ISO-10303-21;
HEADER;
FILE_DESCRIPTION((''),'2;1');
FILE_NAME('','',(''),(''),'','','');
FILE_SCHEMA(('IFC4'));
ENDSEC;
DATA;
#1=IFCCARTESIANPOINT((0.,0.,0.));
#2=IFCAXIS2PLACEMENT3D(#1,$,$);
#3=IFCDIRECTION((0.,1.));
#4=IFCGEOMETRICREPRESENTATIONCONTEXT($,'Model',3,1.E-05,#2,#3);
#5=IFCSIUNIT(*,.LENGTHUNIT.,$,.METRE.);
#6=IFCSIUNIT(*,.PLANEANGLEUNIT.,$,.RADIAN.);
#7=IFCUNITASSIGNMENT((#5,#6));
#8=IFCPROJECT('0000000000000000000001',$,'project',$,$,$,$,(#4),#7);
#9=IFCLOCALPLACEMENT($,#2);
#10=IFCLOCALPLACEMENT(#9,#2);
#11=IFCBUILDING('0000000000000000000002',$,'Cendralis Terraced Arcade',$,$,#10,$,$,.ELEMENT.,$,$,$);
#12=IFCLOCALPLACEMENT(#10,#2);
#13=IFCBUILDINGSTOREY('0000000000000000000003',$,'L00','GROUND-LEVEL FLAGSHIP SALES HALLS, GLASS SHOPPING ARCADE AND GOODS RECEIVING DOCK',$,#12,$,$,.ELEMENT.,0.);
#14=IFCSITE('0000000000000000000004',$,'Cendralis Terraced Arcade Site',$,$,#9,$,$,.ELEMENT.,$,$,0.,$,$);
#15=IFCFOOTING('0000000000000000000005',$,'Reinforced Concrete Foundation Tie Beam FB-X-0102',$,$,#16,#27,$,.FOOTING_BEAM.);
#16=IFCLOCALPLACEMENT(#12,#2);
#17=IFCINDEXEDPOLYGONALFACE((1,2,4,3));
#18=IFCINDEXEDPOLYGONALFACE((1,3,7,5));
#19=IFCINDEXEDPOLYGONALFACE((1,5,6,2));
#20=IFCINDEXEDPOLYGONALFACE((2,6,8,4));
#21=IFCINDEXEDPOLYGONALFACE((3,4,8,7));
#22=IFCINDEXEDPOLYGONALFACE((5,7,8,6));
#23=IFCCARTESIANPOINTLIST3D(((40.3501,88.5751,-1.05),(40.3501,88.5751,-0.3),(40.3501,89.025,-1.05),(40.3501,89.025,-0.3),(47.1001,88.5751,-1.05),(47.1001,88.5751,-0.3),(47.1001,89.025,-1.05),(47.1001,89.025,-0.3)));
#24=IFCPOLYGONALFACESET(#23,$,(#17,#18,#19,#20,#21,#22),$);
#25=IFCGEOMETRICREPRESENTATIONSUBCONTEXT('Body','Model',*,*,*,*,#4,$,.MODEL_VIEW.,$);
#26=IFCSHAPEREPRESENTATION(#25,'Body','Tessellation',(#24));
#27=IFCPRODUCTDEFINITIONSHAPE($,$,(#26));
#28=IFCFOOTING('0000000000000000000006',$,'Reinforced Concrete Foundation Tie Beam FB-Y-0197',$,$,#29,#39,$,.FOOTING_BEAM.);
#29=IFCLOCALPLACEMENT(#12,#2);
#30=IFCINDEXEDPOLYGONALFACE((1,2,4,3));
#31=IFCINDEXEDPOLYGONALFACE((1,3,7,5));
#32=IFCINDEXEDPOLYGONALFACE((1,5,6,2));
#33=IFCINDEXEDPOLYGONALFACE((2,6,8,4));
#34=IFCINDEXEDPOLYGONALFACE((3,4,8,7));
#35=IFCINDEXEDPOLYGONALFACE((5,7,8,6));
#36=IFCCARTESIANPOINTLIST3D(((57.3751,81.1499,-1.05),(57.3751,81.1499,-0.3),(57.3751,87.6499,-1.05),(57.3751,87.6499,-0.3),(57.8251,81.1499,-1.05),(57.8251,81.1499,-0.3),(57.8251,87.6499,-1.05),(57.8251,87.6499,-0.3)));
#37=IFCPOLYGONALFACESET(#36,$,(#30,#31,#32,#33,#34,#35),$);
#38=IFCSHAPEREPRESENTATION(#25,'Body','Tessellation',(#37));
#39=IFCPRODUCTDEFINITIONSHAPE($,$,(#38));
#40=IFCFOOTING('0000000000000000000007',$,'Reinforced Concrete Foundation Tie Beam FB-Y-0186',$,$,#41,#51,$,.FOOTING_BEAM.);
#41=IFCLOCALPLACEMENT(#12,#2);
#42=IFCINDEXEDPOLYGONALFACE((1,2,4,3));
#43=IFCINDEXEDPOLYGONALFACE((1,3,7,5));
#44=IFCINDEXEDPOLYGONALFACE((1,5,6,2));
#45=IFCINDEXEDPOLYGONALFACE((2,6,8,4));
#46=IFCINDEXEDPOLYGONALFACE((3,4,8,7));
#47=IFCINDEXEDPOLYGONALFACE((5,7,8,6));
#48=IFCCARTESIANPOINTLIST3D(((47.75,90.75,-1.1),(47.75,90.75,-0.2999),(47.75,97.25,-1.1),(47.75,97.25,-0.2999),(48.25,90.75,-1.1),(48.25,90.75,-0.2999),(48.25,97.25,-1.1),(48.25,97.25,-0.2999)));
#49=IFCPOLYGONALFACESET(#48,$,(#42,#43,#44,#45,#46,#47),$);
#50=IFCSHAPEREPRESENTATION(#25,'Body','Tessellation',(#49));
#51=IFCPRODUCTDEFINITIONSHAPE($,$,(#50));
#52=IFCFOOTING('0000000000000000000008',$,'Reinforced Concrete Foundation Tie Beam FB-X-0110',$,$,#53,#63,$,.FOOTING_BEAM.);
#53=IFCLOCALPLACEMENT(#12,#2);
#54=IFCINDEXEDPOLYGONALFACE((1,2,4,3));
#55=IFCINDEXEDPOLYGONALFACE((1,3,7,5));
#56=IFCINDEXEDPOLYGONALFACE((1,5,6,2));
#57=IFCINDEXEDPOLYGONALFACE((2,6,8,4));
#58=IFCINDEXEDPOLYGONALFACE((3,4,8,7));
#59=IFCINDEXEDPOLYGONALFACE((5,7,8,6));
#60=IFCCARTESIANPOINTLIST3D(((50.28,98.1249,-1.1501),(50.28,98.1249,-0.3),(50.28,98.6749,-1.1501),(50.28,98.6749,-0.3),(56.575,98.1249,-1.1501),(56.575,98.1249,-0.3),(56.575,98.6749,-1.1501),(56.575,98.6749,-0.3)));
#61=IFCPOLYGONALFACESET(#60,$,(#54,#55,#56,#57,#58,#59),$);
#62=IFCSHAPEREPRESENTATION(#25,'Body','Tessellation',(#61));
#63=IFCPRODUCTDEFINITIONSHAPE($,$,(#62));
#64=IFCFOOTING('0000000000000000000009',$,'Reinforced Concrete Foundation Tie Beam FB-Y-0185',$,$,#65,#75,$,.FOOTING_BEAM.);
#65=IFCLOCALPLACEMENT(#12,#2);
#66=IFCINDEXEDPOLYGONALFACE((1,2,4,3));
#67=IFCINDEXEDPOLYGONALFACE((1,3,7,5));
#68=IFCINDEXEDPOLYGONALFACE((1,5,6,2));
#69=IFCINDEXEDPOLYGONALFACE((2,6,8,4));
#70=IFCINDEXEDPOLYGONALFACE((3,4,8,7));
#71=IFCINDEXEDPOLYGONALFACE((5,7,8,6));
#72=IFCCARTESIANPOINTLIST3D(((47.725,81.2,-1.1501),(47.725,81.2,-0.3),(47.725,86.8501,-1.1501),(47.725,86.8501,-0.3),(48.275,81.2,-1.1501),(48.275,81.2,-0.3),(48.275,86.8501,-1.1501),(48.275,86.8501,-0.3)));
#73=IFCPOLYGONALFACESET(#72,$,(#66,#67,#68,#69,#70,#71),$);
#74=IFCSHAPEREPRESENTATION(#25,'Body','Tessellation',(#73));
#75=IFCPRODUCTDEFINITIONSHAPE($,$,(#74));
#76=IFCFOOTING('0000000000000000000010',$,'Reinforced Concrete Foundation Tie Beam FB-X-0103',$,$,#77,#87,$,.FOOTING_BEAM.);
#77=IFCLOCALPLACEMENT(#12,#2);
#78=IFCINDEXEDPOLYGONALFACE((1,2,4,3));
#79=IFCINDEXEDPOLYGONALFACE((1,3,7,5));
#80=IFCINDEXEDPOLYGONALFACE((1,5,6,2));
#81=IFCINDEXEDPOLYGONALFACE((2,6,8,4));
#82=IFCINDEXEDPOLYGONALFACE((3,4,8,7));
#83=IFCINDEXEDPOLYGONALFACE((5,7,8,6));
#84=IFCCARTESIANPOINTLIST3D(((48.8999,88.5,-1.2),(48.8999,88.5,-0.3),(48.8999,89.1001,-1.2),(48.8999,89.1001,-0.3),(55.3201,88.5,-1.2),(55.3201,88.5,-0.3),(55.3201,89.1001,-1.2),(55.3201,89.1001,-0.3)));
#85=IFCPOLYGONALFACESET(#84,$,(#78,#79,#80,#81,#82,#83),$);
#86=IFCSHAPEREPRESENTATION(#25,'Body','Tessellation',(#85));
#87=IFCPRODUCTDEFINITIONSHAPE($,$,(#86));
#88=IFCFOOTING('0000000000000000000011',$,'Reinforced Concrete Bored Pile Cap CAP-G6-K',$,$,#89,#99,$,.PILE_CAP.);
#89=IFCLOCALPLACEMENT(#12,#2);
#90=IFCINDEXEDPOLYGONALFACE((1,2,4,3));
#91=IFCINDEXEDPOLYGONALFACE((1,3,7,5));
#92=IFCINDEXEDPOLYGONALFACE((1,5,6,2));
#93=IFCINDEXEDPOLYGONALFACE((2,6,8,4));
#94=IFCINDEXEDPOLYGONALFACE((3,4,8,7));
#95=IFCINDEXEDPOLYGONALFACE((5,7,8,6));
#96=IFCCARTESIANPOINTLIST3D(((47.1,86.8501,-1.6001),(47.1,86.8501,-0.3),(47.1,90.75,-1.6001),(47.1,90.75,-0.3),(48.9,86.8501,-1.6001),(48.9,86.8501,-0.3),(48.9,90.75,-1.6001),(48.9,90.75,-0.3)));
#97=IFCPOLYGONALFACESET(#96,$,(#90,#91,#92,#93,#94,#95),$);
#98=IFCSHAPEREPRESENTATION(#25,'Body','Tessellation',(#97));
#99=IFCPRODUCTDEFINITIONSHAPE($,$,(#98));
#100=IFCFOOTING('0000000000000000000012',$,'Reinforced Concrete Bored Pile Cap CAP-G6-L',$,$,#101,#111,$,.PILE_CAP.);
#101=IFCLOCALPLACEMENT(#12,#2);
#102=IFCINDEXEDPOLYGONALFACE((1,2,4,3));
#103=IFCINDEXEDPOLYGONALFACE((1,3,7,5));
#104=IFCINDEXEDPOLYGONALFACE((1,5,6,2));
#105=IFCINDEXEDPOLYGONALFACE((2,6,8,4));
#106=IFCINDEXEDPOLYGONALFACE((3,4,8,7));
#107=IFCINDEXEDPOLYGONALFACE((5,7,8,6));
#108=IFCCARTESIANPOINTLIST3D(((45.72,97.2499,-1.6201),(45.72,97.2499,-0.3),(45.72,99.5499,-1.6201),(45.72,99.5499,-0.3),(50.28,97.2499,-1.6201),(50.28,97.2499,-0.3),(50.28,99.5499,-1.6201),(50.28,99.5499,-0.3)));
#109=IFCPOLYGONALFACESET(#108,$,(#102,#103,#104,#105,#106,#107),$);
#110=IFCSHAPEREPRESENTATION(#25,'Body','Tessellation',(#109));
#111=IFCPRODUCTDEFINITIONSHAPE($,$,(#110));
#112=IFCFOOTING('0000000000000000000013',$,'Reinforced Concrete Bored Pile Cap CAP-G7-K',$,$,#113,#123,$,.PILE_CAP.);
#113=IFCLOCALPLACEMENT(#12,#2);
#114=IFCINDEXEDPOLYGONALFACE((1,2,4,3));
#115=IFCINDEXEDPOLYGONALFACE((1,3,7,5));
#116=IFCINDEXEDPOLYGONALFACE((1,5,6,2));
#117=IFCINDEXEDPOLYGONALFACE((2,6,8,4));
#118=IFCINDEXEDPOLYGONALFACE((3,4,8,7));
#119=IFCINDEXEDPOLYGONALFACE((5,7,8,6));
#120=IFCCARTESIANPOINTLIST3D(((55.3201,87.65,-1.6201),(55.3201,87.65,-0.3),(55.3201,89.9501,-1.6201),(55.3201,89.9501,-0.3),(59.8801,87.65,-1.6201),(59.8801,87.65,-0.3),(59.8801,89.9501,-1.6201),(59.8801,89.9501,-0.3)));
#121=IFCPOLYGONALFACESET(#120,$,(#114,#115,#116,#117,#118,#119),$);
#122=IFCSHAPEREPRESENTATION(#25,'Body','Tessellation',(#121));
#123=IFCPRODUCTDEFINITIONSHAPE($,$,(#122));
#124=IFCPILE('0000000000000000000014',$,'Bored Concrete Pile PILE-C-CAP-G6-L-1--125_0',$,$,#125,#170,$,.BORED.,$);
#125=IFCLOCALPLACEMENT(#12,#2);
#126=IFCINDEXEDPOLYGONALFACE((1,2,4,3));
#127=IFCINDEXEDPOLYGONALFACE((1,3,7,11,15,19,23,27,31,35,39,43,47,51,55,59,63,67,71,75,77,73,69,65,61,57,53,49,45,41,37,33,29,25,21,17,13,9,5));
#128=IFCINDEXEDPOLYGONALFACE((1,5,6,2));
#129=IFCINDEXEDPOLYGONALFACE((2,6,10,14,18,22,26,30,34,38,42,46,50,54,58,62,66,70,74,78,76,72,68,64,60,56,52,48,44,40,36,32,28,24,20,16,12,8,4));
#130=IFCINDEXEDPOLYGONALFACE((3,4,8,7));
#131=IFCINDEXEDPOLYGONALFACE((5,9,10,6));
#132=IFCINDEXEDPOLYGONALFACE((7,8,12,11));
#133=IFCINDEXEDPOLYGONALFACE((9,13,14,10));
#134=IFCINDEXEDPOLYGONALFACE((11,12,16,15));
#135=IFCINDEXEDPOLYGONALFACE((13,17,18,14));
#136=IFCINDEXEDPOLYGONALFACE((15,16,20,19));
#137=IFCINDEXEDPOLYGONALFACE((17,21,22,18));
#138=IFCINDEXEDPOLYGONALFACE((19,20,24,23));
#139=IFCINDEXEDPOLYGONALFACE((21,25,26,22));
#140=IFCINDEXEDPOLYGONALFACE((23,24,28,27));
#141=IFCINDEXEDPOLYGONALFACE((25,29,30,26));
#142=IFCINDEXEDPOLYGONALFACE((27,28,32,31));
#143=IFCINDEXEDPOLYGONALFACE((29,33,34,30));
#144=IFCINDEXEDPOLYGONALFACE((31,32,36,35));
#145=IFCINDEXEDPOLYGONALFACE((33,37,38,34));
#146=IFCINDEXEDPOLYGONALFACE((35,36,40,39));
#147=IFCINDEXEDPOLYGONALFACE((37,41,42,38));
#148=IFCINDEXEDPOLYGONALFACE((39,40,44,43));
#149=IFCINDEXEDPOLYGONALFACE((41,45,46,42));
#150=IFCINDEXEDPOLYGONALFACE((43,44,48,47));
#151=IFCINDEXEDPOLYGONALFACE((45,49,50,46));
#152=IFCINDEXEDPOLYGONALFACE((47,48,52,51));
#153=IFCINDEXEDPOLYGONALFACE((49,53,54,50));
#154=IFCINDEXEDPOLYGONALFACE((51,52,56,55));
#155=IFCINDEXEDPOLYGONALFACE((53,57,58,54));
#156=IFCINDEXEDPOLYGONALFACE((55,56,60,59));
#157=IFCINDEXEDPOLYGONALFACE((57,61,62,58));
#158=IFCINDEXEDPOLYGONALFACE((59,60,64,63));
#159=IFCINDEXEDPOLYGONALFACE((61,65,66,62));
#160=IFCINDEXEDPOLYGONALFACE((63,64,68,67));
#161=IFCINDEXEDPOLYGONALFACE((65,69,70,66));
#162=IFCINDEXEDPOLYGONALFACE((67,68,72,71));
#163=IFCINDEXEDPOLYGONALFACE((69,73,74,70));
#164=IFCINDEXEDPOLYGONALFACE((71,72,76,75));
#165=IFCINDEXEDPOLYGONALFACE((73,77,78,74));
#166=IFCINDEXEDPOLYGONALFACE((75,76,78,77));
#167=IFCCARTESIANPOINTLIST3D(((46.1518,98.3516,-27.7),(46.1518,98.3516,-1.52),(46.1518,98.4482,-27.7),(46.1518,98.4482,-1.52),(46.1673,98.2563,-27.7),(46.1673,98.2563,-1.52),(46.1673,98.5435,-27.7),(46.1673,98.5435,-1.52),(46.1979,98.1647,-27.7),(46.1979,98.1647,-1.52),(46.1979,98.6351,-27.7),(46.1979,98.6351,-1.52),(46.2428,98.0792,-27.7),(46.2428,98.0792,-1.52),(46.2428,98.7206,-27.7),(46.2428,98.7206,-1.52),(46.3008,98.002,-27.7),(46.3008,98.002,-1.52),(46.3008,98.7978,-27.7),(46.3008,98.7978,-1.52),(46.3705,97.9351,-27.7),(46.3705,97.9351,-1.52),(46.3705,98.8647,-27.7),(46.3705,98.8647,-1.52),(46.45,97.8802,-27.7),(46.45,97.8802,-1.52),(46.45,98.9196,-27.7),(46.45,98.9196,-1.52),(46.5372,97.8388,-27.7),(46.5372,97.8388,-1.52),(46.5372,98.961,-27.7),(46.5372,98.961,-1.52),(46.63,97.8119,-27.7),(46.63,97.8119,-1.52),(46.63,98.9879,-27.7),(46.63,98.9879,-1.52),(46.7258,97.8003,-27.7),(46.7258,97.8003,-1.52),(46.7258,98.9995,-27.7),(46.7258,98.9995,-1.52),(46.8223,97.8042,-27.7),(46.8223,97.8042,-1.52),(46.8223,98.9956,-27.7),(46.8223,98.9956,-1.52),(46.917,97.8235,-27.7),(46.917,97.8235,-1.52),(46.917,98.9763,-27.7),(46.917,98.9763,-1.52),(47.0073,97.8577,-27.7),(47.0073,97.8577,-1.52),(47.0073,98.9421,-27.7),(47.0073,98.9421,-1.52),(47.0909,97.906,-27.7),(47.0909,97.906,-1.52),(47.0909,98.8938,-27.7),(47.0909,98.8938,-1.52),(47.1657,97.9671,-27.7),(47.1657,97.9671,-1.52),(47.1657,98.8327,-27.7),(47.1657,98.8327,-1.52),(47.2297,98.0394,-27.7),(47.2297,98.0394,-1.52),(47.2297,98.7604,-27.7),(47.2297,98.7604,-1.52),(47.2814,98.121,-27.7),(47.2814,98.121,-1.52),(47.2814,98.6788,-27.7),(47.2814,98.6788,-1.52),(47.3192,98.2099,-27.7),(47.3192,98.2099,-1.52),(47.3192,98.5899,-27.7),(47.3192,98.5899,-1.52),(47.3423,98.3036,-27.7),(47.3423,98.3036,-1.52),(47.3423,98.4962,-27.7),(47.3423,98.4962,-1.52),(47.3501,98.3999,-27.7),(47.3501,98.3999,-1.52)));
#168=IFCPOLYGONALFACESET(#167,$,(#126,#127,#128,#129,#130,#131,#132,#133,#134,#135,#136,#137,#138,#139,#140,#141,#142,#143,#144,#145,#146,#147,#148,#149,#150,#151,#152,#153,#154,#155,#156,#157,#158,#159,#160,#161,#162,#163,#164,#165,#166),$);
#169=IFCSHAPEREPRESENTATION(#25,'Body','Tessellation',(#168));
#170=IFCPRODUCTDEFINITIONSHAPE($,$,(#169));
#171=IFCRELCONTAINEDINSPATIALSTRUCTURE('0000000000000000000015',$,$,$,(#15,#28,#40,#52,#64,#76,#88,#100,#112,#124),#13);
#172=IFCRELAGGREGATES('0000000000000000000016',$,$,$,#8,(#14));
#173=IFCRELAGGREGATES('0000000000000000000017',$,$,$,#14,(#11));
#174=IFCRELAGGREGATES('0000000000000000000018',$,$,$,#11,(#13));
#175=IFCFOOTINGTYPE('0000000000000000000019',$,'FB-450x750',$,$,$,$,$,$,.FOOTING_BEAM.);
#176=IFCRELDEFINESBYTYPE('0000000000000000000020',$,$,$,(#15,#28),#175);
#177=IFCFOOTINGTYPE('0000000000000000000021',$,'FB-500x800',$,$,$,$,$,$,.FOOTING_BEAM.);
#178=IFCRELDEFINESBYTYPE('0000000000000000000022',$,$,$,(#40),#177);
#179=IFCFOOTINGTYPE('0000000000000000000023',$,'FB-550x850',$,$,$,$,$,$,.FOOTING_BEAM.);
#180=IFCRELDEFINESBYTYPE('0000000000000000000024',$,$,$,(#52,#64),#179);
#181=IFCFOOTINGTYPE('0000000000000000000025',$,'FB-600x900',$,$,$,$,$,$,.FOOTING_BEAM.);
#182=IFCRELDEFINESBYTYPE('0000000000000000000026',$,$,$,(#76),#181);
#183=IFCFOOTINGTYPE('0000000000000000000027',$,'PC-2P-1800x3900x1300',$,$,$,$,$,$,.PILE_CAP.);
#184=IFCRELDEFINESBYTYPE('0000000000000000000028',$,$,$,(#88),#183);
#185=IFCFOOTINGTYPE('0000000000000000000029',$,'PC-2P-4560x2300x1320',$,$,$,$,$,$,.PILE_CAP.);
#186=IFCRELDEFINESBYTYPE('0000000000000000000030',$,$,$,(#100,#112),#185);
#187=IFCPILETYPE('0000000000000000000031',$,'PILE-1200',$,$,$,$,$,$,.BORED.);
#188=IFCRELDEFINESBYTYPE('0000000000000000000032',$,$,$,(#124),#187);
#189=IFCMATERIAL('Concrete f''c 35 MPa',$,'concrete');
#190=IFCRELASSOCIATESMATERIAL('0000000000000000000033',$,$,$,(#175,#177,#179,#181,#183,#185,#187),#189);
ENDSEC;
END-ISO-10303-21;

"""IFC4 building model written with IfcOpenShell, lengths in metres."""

from ifc_helpers import new_model, si_unit, direction, frame, origin, origin_2d, place, context, subcontext, project, spatial, rectangle, circle, extrude, material, material_profile, profile_set, type_object, element, save


model = new_model("IFC4")

# Units and contexts
model_context = context("Model", 3, precision=1e-05, world=origin(), true_north=direction((0.0, 1.0)))
body_context = subcontext(model_context, "Body", "Model", "MODEL_VIEW")
ifc_project = project(units=[si_unit("LENGTHUNIT", "METRE"), si_unit("PLANEANGLEUNIT", "RADIAN")], contexts=[model_context])

# Site, building, storey
site_placement = place(None, origin())
site = spatial("IfcSite", under=ifc_project, at=site_placement, Name="Cendralis Terraced Arcade Site", CompositionType="ELEMENT", RefElevation=0.0)
building_placement = place(site_placement, origin())
building = spatial("IfcBuilding", under=site, at=building_placement, Name="Cendralis Terraced Arcade", CompositionType="ELEMENT")
storey_placement = place(building_placement, origin())
storey = spatial("IfcBuildingStorey", under=building, at=storey_placement, Name="L00", Description="GROUND-LEVEL FLAGSHIP SALES HALLS, GLASS SHOPPING ARCADE AND GOODS RECEIVING DOCK", CompositionType="ELEMENT", Elevation=0.0)

# Footings
ifc_material_1 = material(Name="Concrete f'c 35 MPa", Category="concrete")
ifc_material_profile_1 = material_profile(ifc_material_1, rectangle(XDim=0.45, YDim=0.75, at=origin_2d()), Name="FB-450x750", Category="LoadBearing")
ifc_profile_set_1 = profile_set([ifc_material_profile_1], Name="Concrete f'c 35 MPa")
footing_type_1 = type_object("IfcFootingType", Name="FB-450x750", PredefinedType="FOOTING_BEAM", material=ifc_profile_set_1)
footing_1_placement = place(storey_placement, frame((40.3501, 88.8, -0.675), z_axis=(1.0, 0.0, 0.0), x_axis=(0.0, 1.0, 0.0)))
element("IfcFooting", 1, at=footing_1_placement, inside=storey, type_object=footing_type_1, Name="Reinforced Concrete Foundation Tie Beam FB-X-0102", PredefinedType="FOOTING_BEAM", context=body_context, shape_type="SweptSolid", body=[
    extrude(rectangle(XDim=0.45, YDim=0.75, at=origin_2d()), origin(), (0.0, 0.0, 1.0), 6.75),
])
footing_2_placement = place(storey_placement, frame((57.6001, 81.1499, -0.675), z_axis=(0.0, 1.0, 0.0), x_axis=(-1.0, 0.0, 0.0)))
element("IfcFooting", 2, at=footing_2_placement, inside=storey, type_object=footing_type_1, Name="Reinforced Concrete Foundation Tie Beam FB-Y-0197", PredefinedType="FOOTING_BEAM", context=body_context, shape_type="SweptSolid", body=[
    extrude(rectangle(XDim=0.45, YDim=0.75, at=origin_2d()), origin(), (0.0, 0.0, 1.0), 6.5),
])
ifc_material_profile_2 = material_profile(ifc_material_1, rectangle(XDim=0.5, YDim=0.8, at=origin_2d()), Name="FB-500x800", Category="LoadBearing")
ifc_profile_set_2 = profile_set([ifc_material_profile_2], Name="Concrete f'c 35 MPa")
footing_type_2 = type_object("IfcFootingType", Name="FB-500x800", PredefinedType="FOOTING_BEAM", material=ifc_profile_set_2)
footing_3_placement = place(storey_placement, frame((48.0, 90.75, -0.7), z_axis=(0.0, 1.0, 0.0), x_axis=(-1.0, 0.0, 0.0)))
element("IfcFooting", 3, at=footing_3_placement, inside=storey, type_object=footing_type_2, Name="Reinforced Concrete Foundation Tie Beam FB-Y-0186", PredefinedType="FOOTING_BEAM", context=body_context, shape_type="SweptSolid", body=[
    extrude(rectangle(XDim=0.5, YDim=0.8, at=origin_2d()), origin(), (0.0, 0.0, 1.0), 6.5),
])
ifc_material_profile_3 = material_profile(ifc_material_1, rectangle(XDim=0.55, YDim=0.8501, at=origin_2d()), Name="FB-550x850", Category="LoadBearing")
ifc_profile_set_3 = profile_set([ifc_material_profile_3], Name="Concrete f'c 35 MPa")
footing_type_3 = type_object("IfcFootingType", Name="FB-550x850", PredefinedType="FOOTING_BEAM", material=ifc_profile_set_3)
footing_4_placement = place(storey_placement, frame((50.28, 98.3999, -0.7251), z_axis=(1.0, 0.0, 0.0), x_axis=(0.0, 1.0, 0.0)))
element("IfcFooting", 4, at=footing_4_placement, inside=storey, type_object=footing_type_3, Name="Reinforced Concrete Foundation Tie Beam FB-X-0110", PredefinedType="FOOTING_BEAM", context=body_context, shape_type="SweptSolid", body=[
    extrude(rectangle(XDim=0.55, YDim=0.8501, at=origin_2d()), origin(), (0.0, 0.0, 1.0), 6.2949),
])
footing_5_placement = place(storey_placement, frame((48.0, 81.2, -0.7251), z_axis=(0.0, 1.0, 0.0), x_axis=(-1.0, 0.0, 0.0)))
element("IfcFooting", 5, at=footing_5_placement, inside=storey, type_object=footing_type_3, Name="Reinforced Concrete Foundation Tie Beam FB-Y-0185", PredefinedType="FOOTING_BEAM", context=body_context, shape_type="SweptSolid", body=[
    extrude(rectangle(XDim=0.55, YDim=0.8501, at=origin_2d()), origin(), (0.0, 0.0, 1.0), 5.6501),
])
ifc_material_profile_4 = material_profile(ifc_material_1, rectangle(XDim=0.6001, YDim=0.8999, at=origin_2d()), Name="FB-600x900", Category="LoadBearing")
ifc_profile_set_4 = profile_set([ifc_material_profile_4], Name="Concrete f'c 35 MPa")
footing_type_4 = type_object("IfcFootingType", Name="FB-600x900", PredefinedType="FOOTING_BEAM", material=ifc_profile_set_4)
footing_6_placement = place(storey_placement, frame((48.8999, 88.8, -0.75), z_axis=(1.0, 0.0, 0.0), x_axis=(0.0, 1.0, 0.0)))
element("IfcFooting", 6, at=footing_6_placement, inside=storey, type_object=footing_type_4, Name="Reinforced Concrete Foundation Tie Beam FB-X-0103", PredefinedType="FOOTING_BEAM", context=body_context, shape_type="SweptSolid", body=[
    extrude(rectangle(XDim=0.6001, YDim=0.8999, at=origin_2d()), origin(), (0.0, 0.0, 1.0), 6.4202),
])
footing_type_5 = type_object("IfcFootingType", Name="PC-2P-1800x3900x1300", PredefinedType="PILE_CAP", material=ifc_material_1)
footing_7_placement = place(storey_placement, frame((48.0, 88.8, -1.6001), z_axis=(0.0, 0.0, 1.0), x_axis=(1.0, 0.0, 0.0)))
element("IfcFooting", 7, at=footing_7_placement, inside=storey, type_object=footing_type_5, Name="Reinforced Concrete Bored Pile Cap CAP-G6-K", PredefinedType="PILE_CAP", context=body_context, shape_type="SweptSolid", body=[
    extrude(rectangle(XDim=1.8, YDim=3.8999, at=origin_2d()), origin(), (0.0, 0.0, 1.0), 1.3),
])
footing_type_6 = type_object("IfcFootingType", Name="PC-2P-4560x2300x1320", PredefinedType="PILE_CAP", material=ifc_material_1)
for number, where, z_axis, x_axis, name in (
    (8, (48.0, 98.3999, -1.6201), (0.0, 0.0, 1.0), (1.0, 0.0, 0.0), "Reinforced Concrete Bored Pile Cap CAP-G6-L"),
    (9, (57.6001, 88.8, -1.6201), (0.0, 0.0, 1.0), (1.0, 0.0, 0.0), "Reinforced Concrete Bored Pile Cap CAP-G7-K"),
):
    element("IfcFooting", number, at=place(storey_placement, frame(where, z_axis=z_axis, x_axis=x_axis)), inside=storey, type_object=footing_type_6, Name=name, PredefinedType="PILE_CAP", context=body_context, shape_type="SweptSolid", body=[
        extrude(rectangle(XDim=4.5601, YDim=2.3, at=origin_2d()), origin(), (0.0, 0.0, 1.0), 1.3201),
    ])

# Pile
ifc_material_profile_5 = material_profile(ifc_material_1, circle(Radius=0.6001, at=origin_2d()), Name="PILE-D1200", Category="LoadBearing")
ifc_profile_set_5 = profile_set([ifc_material_profile_5], Name="Concrete f'c 35 MPa")
pile_type_1 = type_object("IfcPileType", Name="PILE-1200", PredefinedType="BORED", material=ifc_profile_set_5)
for number, where, z_axis, x_axis, name in (
    (10, (46.75, 98.3999, -1.52), (0.0, 0.0, -1.0), (1.0, 0.0, 0.0), "Bored Concrete Pile PILE-C-CAP-G6-L-1--125_0"),
):
    element("IfcPile", number, at=place(storey_placement, frame(where, z_axis=z_axis, x_axis=x_axis)), inside=storey, type_object=pile_type_1, Name=name, PredefinedType="BORED", context=body_context, shape_type="SweptSolid", body=[
        extrude(circle(Radius=0.6001, at=origin_2d()), origin(), (0.0, 0.0, 1.0), 26.1799),
    ])

save(model, "model.ifc")
